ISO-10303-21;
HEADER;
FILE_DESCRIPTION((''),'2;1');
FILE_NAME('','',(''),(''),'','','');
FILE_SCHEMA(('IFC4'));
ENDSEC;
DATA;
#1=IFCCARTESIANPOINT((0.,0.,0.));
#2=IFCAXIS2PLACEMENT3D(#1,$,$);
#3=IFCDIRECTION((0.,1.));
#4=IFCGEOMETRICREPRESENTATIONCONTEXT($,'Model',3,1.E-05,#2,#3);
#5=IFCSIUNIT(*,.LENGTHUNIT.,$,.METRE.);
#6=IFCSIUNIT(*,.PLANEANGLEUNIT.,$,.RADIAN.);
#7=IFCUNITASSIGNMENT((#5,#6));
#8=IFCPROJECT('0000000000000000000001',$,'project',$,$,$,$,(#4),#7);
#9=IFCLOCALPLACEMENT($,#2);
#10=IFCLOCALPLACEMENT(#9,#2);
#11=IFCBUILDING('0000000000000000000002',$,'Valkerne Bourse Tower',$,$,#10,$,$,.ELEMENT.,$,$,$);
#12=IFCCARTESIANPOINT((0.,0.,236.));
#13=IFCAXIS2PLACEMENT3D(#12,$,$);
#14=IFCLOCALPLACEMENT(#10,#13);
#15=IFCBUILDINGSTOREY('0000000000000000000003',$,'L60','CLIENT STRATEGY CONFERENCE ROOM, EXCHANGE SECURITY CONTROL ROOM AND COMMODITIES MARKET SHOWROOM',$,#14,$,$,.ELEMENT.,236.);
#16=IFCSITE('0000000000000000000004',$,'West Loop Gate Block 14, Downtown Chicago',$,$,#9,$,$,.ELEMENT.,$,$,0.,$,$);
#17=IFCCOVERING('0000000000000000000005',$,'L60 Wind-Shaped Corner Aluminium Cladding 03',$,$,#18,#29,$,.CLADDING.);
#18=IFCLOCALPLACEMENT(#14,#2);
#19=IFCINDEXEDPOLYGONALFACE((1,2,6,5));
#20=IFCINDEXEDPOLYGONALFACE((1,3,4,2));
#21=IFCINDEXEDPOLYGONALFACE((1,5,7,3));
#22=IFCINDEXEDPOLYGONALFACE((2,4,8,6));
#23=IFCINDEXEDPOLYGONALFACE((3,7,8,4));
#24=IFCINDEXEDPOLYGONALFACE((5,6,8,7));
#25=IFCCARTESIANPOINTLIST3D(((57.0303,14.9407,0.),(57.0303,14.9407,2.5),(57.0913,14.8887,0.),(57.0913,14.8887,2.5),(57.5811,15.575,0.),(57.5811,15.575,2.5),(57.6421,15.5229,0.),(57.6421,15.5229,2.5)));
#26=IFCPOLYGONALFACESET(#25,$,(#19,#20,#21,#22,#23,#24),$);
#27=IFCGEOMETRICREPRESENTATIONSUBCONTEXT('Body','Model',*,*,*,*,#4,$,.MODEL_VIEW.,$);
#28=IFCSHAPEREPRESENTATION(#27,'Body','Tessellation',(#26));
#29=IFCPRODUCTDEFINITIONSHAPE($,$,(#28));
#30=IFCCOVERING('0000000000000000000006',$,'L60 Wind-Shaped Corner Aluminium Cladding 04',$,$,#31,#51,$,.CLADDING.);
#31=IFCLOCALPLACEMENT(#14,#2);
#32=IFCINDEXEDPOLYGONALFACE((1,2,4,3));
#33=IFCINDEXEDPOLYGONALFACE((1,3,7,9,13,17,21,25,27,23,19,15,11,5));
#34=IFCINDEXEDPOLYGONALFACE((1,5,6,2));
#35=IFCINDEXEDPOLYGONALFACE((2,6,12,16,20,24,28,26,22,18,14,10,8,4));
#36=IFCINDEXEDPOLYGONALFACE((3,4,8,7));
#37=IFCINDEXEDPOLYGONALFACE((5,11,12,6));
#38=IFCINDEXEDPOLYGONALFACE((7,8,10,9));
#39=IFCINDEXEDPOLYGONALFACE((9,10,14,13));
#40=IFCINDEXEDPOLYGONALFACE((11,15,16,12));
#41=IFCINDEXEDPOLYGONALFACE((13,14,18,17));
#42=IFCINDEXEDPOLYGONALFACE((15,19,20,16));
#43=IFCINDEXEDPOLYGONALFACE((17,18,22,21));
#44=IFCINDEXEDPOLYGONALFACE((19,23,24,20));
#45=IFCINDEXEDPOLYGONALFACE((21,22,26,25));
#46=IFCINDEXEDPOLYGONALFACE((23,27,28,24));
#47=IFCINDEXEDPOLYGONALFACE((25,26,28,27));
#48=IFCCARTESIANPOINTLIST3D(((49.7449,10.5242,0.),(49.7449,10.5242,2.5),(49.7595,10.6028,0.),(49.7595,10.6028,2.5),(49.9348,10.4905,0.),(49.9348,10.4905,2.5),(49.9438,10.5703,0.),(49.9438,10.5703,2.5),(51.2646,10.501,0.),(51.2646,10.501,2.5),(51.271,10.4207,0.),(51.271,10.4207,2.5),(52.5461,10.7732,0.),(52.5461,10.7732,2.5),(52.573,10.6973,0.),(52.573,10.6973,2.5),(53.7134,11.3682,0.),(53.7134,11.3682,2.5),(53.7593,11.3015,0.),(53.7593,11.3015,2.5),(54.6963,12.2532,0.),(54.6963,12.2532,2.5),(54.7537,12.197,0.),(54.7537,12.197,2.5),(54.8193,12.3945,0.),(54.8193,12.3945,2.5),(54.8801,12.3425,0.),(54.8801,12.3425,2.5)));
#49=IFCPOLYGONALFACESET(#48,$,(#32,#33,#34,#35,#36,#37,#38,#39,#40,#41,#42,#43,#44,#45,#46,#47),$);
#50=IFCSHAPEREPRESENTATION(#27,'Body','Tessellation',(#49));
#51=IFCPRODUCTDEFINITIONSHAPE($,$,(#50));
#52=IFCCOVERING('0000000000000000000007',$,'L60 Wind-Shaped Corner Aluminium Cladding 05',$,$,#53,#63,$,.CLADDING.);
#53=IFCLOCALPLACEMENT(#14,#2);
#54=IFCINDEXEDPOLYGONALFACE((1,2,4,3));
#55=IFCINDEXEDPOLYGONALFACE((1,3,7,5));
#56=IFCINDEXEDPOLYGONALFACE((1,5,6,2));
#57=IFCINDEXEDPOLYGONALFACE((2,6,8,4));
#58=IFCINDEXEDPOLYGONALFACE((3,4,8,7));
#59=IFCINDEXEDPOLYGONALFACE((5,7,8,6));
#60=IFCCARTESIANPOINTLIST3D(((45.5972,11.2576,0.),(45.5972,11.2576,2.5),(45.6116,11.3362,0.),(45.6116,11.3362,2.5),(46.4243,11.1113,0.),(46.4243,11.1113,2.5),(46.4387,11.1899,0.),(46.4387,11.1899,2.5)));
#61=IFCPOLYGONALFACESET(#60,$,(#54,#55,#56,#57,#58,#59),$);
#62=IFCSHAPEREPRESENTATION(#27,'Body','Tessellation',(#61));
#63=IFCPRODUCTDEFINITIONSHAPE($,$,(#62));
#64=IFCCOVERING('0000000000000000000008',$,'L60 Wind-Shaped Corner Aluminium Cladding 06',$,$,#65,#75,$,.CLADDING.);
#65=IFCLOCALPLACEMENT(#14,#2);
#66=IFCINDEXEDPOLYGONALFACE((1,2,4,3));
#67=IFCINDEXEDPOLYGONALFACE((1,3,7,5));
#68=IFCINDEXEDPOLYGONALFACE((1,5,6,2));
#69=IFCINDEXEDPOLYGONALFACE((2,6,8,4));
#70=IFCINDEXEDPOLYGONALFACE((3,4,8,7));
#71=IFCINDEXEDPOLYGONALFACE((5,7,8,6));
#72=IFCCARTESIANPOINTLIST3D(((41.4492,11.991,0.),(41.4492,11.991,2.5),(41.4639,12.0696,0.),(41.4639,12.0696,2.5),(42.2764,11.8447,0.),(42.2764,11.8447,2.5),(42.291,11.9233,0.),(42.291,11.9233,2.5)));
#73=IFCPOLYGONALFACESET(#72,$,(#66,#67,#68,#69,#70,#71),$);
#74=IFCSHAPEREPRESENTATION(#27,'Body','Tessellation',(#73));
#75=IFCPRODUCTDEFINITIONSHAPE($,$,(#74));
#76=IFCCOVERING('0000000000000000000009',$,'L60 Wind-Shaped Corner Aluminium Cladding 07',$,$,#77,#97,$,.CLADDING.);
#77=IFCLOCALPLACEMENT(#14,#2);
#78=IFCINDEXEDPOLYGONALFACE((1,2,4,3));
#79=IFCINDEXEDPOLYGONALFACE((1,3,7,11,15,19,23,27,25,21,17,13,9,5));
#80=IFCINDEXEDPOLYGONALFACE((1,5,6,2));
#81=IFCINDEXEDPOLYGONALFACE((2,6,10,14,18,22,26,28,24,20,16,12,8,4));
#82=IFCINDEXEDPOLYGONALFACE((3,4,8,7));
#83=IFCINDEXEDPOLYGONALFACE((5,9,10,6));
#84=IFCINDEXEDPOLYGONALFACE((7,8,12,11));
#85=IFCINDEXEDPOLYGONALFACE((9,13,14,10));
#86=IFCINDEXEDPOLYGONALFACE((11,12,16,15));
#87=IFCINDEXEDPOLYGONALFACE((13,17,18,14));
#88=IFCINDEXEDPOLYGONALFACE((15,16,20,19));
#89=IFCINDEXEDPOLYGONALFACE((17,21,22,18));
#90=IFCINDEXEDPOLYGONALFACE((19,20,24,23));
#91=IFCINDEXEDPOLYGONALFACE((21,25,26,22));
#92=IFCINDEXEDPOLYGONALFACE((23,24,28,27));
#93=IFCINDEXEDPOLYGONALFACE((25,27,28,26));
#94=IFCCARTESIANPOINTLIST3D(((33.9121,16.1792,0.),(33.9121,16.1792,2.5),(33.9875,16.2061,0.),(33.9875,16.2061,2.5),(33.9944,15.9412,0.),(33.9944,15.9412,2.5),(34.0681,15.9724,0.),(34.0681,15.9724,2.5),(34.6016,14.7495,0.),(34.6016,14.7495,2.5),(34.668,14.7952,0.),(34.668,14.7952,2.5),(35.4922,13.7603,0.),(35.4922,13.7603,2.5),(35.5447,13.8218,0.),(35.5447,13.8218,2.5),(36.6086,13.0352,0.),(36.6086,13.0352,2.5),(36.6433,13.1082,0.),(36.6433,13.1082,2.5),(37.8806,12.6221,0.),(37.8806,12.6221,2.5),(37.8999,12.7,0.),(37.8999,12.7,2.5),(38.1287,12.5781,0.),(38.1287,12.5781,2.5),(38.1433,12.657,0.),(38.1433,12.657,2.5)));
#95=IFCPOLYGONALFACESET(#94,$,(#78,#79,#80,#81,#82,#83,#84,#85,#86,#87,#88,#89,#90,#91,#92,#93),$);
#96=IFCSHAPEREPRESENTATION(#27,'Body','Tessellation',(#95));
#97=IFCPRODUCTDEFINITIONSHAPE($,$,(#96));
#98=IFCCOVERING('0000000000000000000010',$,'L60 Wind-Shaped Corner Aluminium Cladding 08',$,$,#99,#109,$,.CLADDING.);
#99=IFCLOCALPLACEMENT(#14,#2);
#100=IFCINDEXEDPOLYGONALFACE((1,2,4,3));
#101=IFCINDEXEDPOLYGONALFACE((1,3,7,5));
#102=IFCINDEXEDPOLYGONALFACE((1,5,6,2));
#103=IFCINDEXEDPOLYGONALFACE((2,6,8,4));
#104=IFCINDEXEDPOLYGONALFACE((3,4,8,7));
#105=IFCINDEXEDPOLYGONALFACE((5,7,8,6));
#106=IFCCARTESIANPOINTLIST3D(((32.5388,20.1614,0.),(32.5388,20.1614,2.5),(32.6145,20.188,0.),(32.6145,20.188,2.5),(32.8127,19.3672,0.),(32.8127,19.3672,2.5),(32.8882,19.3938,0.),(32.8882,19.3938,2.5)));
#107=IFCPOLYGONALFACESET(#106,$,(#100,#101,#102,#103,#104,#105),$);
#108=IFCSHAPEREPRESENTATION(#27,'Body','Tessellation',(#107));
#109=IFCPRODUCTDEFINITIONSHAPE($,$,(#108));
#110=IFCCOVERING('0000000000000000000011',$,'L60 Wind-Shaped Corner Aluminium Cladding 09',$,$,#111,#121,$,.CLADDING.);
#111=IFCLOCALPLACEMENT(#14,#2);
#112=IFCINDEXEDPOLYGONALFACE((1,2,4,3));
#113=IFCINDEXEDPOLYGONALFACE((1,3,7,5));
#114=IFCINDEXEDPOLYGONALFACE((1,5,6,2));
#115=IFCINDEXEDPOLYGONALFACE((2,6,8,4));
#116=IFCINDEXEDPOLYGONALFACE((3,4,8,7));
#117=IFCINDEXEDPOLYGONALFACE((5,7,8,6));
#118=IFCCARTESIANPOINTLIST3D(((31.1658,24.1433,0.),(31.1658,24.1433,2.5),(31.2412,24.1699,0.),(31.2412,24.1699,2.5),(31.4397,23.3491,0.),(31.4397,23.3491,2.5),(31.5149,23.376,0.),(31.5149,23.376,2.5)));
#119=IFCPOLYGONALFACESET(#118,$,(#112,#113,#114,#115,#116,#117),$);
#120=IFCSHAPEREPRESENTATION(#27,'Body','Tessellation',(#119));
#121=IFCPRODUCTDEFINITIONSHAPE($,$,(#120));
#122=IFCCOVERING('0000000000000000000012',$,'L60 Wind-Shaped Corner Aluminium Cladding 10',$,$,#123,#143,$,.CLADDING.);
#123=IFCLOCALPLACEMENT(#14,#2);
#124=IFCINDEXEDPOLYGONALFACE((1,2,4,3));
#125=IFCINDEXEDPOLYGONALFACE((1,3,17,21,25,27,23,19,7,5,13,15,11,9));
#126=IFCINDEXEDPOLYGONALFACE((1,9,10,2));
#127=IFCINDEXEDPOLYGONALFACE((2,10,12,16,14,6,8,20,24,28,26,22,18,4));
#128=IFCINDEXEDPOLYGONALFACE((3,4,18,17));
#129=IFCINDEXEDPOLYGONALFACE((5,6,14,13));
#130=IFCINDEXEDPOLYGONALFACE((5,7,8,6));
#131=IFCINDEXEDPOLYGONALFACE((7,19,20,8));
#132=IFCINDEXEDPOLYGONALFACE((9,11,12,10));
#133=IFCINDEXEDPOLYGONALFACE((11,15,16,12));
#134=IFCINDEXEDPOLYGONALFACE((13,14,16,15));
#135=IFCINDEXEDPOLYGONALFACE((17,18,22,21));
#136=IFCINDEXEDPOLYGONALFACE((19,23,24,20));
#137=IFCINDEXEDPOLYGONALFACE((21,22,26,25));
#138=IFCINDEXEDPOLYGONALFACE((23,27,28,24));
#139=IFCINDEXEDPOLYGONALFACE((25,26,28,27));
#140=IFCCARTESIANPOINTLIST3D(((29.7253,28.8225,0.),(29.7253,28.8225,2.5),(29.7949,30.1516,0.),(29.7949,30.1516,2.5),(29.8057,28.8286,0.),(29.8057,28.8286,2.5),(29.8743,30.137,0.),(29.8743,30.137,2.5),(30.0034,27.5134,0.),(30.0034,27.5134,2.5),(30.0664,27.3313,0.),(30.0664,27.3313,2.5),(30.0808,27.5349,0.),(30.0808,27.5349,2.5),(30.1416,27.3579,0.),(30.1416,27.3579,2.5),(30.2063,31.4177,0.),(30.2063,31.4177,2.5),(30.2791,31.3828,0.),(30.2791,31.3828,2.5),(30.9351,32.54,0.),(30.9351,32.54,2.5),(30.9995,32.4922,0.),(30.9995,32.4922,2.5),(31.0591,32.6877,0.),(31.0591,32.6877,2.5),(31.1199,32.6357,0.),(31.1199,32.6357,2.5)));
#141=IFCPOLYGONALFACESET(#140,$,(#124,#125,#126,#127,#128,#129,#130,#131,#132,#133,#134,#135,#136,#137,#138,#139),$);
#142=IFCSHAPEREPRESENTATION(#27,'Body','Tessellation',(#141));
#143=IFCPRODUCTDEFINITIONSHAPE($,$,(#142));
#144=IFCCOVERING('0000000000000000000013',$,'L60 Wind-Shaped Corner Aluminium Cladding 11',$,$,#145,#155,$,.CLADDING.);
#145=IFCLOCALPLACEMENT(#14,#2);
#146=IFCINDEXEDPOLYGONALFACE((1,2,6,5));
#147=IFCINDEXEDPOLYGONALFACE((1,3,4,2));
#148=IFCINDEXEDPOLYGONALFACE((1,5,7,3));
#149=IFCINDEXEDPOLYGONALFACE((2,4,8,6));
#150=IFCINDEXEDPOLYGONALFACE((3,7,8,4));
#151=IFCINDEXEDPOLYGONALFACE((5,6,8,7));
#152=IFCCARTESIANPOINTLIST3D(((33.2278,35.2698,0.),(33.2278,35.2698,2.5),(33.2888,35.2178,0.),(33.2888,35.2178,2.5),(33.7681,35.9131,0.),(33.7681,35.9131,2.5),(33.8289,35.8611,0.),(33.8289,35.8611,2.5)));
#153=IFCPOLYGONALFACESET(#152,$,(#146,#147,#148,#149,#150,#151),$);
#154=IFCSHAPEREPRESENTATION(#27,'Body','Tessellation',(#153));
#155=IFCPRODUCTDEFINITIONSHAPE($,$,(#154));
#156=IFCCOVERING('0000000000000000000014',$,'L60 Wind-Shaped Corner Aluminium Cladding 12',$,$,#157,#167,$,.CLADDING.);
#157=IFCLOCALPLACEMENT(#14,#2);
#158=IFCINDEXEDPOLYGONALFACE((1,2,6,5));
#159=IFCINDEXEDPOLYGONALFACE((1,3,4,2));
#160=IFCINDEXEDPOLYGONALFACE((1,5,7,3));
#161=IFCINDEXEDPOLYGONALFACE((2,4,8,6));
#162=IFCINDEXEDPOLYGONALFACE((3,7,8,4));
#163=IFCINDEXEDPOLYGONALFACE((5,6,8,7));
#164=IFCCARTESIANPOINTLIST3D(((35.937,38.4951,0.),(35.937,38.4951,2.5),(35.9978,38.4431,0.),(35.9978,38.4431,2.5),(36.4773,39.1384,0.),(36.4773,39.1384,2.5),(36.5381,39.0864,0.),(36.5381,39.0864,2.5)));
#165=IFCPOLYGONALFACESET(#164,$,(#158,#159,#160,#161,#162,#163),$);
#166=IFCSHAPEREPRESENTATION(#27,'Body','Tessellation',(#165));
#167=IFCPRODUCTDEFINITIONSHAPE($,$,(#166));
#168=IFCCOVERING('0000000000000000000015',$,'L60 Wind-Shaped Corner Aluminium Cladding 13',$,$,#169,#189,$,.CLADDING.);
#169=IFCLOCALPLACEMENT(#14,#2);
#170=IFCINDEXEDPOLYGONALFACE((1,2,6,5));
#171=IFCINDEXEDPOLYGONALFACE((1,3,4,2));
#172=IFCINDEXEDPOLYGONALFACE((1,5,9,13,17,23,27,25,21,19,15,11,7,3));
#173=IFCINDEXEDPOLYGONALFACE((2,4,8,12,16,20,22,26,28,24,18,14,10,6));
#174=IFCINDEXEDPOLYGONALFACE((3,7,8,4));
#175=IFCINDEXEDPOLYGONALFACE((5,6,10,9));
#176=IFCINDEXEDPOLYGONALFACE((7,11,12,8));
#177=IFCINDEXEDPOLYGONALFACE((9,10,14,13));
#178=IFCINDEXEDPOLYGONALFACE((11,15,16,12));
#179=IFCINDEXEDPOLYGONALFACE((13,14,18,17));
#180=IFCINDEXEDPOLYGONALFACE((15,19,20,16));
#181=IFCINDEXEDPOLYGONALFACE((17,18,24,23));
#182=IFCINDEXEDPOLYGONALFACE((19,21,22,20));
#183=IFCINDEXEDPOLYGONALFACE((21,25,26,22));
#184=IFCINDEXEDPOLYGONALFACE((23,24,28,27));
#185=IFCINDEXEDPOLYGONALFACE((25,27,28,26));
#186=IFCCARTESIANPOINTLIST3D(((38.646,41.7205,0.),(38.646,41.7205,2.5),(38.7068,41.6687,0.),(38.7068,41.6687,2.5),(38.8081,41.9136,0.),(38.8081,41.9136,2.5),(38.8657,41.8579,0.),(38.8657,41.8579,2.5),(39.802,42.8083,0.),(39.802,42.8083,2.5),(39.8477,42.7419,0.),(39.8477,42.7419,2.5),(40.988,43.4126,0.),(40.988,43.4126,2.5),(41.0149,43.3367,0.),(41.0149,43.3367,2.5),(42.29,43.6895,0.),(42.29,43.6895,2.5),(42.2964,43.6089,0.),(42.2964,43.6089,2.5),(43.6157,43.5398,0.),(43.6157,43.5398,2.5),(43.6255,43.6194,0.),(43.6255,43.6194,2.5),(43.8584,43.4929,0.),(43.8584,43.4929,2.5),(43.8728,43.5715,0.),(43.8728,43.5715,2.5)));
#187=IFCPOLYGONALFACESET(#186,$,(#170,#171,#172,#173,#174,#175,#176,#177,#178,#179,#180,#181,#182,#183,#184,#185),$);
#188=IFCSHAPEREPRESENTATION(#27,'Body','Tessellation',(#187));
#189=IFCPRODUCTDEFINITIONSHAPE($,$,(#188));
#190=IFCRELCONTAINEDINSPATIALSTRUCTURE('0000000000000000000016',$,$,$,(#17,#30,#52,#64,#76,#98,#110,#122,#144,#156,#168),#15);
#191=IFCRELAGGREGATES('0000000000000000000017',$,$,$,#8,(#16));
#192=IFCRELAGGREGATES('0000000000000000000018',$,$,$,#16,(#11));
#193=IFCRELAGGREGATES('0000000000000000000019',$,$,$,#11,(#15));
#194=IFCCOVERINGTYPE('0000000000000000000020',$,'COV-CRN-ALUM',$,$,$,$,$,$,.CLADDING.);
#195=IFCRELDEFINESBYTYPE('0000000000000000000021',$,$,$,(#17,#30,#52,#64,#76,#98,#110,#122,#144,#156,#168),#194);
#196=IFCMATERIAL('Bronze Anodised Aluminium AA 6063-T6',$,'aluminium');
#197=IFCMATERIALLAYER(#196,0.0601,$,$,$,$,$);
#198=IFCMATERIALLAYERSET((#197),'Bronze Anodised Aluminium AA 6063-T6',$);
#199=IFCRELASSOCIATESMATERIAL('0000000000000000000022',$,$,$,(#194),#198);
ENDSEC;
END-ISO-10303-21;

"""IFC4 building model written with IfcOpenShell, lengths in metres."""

from ifc_helpers import new_model, si_unit, direction, frame, origin, place, context, subcontext, project, spatial, polyline, outline, extrude, material, layer, layer_set, type_object, element, save


model = new_model("IFC4")

# Units and contexts
model_context = context("Model", 3, precision=1e-05, world=origin(), true_north=direction((0.0, 1.0)))
body_context = subcontext(model_context, "Body", "Model", "MODEL_VIEW")
ifc_project = project(units=[si_unit("LENGTHUNIT", "METRE"), si_unit("PLANEANGLEUNIT", "RADIAN")], contexts=[model_context])

# Site, building, storey
site_placement = place(None, origin())
site = spatial("IfcSite", under=ifc_project, at=site_placement, Name="West Loop Gate Block 14, Downtown Chicago", CompositionType="ELEMENT", RefElevation=0.0)
building_placement = place(site_placement, origin())
building = spatial("IfcBuilding", under=site, at=building_placement, Name="Valkerne Bourse Tower", CompositionType="ELEMENT")
storey_placement = place(building_placement, frame((0.0, 0.0, 236.0)))
storey = spatial("IfcBuildingStorey", under=building, at=storey_placement, Name="L60", Description="CLIENT STRATEGY CONFERENCE ROOM, EXCHANGE SECURITY CONTROL ROOM AND COMMODITIES MARKET SHOWROOM", CompositionType="ELEMENT", Elevation=236.0)

# Coverings
ifc_material_1 = material(Name="Bronze Anodised Aluminium AA 6063-T6", Category="aluminium")
ifc_layer_1 = layer(ifc_material_1, 0.0601)
ifc_layer_set_1 = layer_set([ifc_layer_1], Name="Bronze Anodised Aluminium AA 6063-T6")
covering_type_1 = type_object("IfcCoveringType", Name="COV-CRN-ALUM", PredefinedType="CLADDING", material=ifc_layer_set_1)
covering_1_placement = place(storey_placement, origin())
element("IfcCovering", 1, at=covering_1_placement, inside=storey, type_object=covering_type_1, Name="L60 Wind-Shaped Corner Aluminium Cladding 03", PredefinedType="CLADDING", context=body_context, shape_type="SweptSolid", body=[
    extrude(outline(polyline([(57.0913, 14.8887), (57.0303, 14.9407), (57.5811, 15.575), (57.6421, 15.5229), (57.0913, 14.8887)])), origin(), (0.0, 0.0, 1.0), 2.5),
])
covering_2_placement = place(storey_placement, origin())
element("IfcCovering", 2, at=covering_2_placement, inside=storey, type_object=covering_type_1, Name="L60 Wind-Shaped Corner Aluminium Cladding 04", PredefinedType="CLADDING", context=body_context, shape_type="SweptSolid", body=[
    extrude(outline(polyline([(54.7537, 12.197), (53.7593, 11.3015), (52.573, 10.6973), (51.271, 10.4207), (49.9348, 10.4905), (49.7449, 10.5242), (49.7595, 10.6028), (49.9438, 10.5703), (51.2646, 10.501), (52.5461, 10.7732), (53.7134, 11.3682), (54.6963, 12.2532), (54.8193, 12.3945), (54.8801, 12.3425), (54.7537, 12.197)])), origin(), (0.0, 0.0, 1.0), 2.5),
])
covering_3_placement = place(storey_placement, origin())
element("IfcCovering", 3, at=covering_3_placement, inside=storey, type_object=covering_type_1, Name="L60 Wind-Shaped Corner Aluminium Cladding 05", PredefinedType="CLADDING", context=body_context, shape_type="SweptSolid", body=[
    extrude(outline(polyline([(45.5972, 11.2576), (45.6116, 11.3362), (46.4387, 11.1899), (46.4243, 11.1113), (45.5972, 11.2576)])), origin(), (0.0, 0.0, 1.0), 2.5),
])
covering_4_placement = place(storey_placement, origin())
element("IfcCovering", 4, at=covering_4_placement, inside=storey, type_object=covering_type_1, Name="L60 Wind-Shaped Corner Aluminium Cladding 06", PredefinedType="CLADDING", context=body_context, shape_type="SweptSolid", body=[
    extrude(outline(polyline([(41.4492, 11.991), (41.4639, 12.0696), (42.291, 11.9233), (42.2764, 11.8447), (41.4492, 11.991)])), origin(), (0.0, 0.0, 1.0), 2.5),
])
covering_5_placement = place(storey_placement, origin())
element("IfcCovering", 5, at=covering_5_placement, inside=storey, type_object=covering_type_1, Name="L60 Wind-Shaped Corner Aluminium Cladding 07", PredefinedType="CLADDING", context=body_context, shape_type="SweptSolid", body=[
    extrude(outline(polyline([(37.8806, 12.6221), (36.6086, 13.0352), (35.4922, 13.7603), (34.6016, 14.7495), (33.9944, 15.9412), (33.9121, 16.1792), (33.9875, 16.2061), (34.0681, 15.9724), (34.668, 14.7952), (35.5447, 13.8218), (36.6433, 13.1082), (37.8999, 12.7), (38.1433, 12.657), (38.1287, 12.5781), (37.8806, 12.6221)])), origin(), (0.0, 0.0, 1.0), 2.5),
])
covering_6_placement = place(storey_placement, origin())
element("IfcCovering", 6, at=covering_6_placement, inside=storey, type_object=covering_type_1, Name="L60 Wind-Shaped Corner Aluminium Cladding 08", PredefinedType="CLADDING", context=body_context, shape_type="SweptSolid", body=[
    extrude(outline(polyline([(32.5388, 20.1614), (32.6145, 20.188), (32.8882, 19.3938), (32.8127, 19.3672), (32.5388, 20.1614)])), origin(), (0.0, 0.0, 1.0), 2.5),
])
covering_7_placement = place(storey_placement, origin())
element("IfcCovering", 7, at=covering_7_placement, inside=storey, type_object=covering_type_1, Name="L60 Wind-Shaped Corner Aluminium Cladding 09", PredefinedType="CLADDING", context=body_context, shape_type="SweptSolid", body=[
    extrude(outline(polyline([(31.1658, 24.1433), (31.2412, 24.1699), (31.5149, 23.376), (31.4397, 23.3491), (31.1658, 24.1433)])), origin(), (0.0, 0.0, 1.0), 2.5),
])
covering_8_placement = place(storey_placement, origin())
element("IfcCovering", 8, at=covering_8_placement, inside=storey, type_object=covering_type_1, Name="L60 Wind-Shaped Corner Aluminium Cladding 10", PredefinedType="CLADDING", context=body_context, shape_type="SweptSolid", body=[
    extrude(outline(polyline([(30.0034, 27.5134), (29.7253, 28.8225), (29.7949, 30.1516), (30.2063, 31.4177), (30.9351, 32.54), (31.0591, 32.6877), (31.1199, 32.6357), (30.9995, 32.4922), (30.2791, 31.3828), (29.8743, 30.137), (29.8057, 28.8286), (30.0808, 27.5349), (30.1416, 27.3579), (30.0664, 27.3313), (30.0034, 27.5134)])), origin(), (0.0, 0.0, 1.0), 2.5),
])
covering_9_placement = place(storey_placement, origin())
element("IfcCovering", 9, at=covering_9_placement, inside=storey, type_object=covering_type_1, Name="L60 Wind-Shaped Corner Aluminium Cladding 11", PredefinedType="CLADDING", context=body_context, shape_type="SweptSolid", body=[
    extrude(outline(polyline([(33.7681, 35.9131), (33.8289, 35.8611), (33.2888, 35.2178), (33.2278, 35.2698), (33.7681, 35.9131)])), origin(), (0.0, 0.0, 1.0), 2.5),
])
covering_10_placement = place(storey_placement, origin())
element("IfcCovering", 10, at=covering_10_placement, inside=storey, type_object=covering_type_1, Name="L60 Wind-Shaped Corner Aluminium Cladding 12", PredefinedType="CLADDING", context=body_context, shape_type="SweptSolid", body=[
    extrude(outline(polyline([(36.4773, 39.1384), (36.5381, 39.0864), (35.9978, 38.4431), (35.937, 38.4951), (36.4773, 39.1384)])), origin(), (0.0, 0.0, 1.0), 2.5),
])
covering_11_placement = place(storey_placement, origin())
element("IfcCovering", 11, at=covering_11_placement, inside=storey, type_object=covering_type_1, Name="L60 Wind-Shaped Corner Aluminium Cladding 13", PredefinedType="CLADDING", context=body_context, shape_type="SweptSolid", body=[
    extrude(outline(polyline([(38.8081, 41.9136), (39.802, 42.8083), (40.988, 43.4126), (42.29, 43.6895), (43.6255, 43.6194), (43.8728, 43.5715), (43.8584, 43.4929), (43.6157, 43.5398), (42.2964, 43.6089), (41.0149, 43.3367), (39.8477, 42.7419), (38.8657, 41.8579), (38.7068, 41.6687), (38.646, 41.7205), (38.8081, 41.9136)])), origin(), (0.0, 0.0, 1.0), 2.5),
])

save(model, "model.ifc")
